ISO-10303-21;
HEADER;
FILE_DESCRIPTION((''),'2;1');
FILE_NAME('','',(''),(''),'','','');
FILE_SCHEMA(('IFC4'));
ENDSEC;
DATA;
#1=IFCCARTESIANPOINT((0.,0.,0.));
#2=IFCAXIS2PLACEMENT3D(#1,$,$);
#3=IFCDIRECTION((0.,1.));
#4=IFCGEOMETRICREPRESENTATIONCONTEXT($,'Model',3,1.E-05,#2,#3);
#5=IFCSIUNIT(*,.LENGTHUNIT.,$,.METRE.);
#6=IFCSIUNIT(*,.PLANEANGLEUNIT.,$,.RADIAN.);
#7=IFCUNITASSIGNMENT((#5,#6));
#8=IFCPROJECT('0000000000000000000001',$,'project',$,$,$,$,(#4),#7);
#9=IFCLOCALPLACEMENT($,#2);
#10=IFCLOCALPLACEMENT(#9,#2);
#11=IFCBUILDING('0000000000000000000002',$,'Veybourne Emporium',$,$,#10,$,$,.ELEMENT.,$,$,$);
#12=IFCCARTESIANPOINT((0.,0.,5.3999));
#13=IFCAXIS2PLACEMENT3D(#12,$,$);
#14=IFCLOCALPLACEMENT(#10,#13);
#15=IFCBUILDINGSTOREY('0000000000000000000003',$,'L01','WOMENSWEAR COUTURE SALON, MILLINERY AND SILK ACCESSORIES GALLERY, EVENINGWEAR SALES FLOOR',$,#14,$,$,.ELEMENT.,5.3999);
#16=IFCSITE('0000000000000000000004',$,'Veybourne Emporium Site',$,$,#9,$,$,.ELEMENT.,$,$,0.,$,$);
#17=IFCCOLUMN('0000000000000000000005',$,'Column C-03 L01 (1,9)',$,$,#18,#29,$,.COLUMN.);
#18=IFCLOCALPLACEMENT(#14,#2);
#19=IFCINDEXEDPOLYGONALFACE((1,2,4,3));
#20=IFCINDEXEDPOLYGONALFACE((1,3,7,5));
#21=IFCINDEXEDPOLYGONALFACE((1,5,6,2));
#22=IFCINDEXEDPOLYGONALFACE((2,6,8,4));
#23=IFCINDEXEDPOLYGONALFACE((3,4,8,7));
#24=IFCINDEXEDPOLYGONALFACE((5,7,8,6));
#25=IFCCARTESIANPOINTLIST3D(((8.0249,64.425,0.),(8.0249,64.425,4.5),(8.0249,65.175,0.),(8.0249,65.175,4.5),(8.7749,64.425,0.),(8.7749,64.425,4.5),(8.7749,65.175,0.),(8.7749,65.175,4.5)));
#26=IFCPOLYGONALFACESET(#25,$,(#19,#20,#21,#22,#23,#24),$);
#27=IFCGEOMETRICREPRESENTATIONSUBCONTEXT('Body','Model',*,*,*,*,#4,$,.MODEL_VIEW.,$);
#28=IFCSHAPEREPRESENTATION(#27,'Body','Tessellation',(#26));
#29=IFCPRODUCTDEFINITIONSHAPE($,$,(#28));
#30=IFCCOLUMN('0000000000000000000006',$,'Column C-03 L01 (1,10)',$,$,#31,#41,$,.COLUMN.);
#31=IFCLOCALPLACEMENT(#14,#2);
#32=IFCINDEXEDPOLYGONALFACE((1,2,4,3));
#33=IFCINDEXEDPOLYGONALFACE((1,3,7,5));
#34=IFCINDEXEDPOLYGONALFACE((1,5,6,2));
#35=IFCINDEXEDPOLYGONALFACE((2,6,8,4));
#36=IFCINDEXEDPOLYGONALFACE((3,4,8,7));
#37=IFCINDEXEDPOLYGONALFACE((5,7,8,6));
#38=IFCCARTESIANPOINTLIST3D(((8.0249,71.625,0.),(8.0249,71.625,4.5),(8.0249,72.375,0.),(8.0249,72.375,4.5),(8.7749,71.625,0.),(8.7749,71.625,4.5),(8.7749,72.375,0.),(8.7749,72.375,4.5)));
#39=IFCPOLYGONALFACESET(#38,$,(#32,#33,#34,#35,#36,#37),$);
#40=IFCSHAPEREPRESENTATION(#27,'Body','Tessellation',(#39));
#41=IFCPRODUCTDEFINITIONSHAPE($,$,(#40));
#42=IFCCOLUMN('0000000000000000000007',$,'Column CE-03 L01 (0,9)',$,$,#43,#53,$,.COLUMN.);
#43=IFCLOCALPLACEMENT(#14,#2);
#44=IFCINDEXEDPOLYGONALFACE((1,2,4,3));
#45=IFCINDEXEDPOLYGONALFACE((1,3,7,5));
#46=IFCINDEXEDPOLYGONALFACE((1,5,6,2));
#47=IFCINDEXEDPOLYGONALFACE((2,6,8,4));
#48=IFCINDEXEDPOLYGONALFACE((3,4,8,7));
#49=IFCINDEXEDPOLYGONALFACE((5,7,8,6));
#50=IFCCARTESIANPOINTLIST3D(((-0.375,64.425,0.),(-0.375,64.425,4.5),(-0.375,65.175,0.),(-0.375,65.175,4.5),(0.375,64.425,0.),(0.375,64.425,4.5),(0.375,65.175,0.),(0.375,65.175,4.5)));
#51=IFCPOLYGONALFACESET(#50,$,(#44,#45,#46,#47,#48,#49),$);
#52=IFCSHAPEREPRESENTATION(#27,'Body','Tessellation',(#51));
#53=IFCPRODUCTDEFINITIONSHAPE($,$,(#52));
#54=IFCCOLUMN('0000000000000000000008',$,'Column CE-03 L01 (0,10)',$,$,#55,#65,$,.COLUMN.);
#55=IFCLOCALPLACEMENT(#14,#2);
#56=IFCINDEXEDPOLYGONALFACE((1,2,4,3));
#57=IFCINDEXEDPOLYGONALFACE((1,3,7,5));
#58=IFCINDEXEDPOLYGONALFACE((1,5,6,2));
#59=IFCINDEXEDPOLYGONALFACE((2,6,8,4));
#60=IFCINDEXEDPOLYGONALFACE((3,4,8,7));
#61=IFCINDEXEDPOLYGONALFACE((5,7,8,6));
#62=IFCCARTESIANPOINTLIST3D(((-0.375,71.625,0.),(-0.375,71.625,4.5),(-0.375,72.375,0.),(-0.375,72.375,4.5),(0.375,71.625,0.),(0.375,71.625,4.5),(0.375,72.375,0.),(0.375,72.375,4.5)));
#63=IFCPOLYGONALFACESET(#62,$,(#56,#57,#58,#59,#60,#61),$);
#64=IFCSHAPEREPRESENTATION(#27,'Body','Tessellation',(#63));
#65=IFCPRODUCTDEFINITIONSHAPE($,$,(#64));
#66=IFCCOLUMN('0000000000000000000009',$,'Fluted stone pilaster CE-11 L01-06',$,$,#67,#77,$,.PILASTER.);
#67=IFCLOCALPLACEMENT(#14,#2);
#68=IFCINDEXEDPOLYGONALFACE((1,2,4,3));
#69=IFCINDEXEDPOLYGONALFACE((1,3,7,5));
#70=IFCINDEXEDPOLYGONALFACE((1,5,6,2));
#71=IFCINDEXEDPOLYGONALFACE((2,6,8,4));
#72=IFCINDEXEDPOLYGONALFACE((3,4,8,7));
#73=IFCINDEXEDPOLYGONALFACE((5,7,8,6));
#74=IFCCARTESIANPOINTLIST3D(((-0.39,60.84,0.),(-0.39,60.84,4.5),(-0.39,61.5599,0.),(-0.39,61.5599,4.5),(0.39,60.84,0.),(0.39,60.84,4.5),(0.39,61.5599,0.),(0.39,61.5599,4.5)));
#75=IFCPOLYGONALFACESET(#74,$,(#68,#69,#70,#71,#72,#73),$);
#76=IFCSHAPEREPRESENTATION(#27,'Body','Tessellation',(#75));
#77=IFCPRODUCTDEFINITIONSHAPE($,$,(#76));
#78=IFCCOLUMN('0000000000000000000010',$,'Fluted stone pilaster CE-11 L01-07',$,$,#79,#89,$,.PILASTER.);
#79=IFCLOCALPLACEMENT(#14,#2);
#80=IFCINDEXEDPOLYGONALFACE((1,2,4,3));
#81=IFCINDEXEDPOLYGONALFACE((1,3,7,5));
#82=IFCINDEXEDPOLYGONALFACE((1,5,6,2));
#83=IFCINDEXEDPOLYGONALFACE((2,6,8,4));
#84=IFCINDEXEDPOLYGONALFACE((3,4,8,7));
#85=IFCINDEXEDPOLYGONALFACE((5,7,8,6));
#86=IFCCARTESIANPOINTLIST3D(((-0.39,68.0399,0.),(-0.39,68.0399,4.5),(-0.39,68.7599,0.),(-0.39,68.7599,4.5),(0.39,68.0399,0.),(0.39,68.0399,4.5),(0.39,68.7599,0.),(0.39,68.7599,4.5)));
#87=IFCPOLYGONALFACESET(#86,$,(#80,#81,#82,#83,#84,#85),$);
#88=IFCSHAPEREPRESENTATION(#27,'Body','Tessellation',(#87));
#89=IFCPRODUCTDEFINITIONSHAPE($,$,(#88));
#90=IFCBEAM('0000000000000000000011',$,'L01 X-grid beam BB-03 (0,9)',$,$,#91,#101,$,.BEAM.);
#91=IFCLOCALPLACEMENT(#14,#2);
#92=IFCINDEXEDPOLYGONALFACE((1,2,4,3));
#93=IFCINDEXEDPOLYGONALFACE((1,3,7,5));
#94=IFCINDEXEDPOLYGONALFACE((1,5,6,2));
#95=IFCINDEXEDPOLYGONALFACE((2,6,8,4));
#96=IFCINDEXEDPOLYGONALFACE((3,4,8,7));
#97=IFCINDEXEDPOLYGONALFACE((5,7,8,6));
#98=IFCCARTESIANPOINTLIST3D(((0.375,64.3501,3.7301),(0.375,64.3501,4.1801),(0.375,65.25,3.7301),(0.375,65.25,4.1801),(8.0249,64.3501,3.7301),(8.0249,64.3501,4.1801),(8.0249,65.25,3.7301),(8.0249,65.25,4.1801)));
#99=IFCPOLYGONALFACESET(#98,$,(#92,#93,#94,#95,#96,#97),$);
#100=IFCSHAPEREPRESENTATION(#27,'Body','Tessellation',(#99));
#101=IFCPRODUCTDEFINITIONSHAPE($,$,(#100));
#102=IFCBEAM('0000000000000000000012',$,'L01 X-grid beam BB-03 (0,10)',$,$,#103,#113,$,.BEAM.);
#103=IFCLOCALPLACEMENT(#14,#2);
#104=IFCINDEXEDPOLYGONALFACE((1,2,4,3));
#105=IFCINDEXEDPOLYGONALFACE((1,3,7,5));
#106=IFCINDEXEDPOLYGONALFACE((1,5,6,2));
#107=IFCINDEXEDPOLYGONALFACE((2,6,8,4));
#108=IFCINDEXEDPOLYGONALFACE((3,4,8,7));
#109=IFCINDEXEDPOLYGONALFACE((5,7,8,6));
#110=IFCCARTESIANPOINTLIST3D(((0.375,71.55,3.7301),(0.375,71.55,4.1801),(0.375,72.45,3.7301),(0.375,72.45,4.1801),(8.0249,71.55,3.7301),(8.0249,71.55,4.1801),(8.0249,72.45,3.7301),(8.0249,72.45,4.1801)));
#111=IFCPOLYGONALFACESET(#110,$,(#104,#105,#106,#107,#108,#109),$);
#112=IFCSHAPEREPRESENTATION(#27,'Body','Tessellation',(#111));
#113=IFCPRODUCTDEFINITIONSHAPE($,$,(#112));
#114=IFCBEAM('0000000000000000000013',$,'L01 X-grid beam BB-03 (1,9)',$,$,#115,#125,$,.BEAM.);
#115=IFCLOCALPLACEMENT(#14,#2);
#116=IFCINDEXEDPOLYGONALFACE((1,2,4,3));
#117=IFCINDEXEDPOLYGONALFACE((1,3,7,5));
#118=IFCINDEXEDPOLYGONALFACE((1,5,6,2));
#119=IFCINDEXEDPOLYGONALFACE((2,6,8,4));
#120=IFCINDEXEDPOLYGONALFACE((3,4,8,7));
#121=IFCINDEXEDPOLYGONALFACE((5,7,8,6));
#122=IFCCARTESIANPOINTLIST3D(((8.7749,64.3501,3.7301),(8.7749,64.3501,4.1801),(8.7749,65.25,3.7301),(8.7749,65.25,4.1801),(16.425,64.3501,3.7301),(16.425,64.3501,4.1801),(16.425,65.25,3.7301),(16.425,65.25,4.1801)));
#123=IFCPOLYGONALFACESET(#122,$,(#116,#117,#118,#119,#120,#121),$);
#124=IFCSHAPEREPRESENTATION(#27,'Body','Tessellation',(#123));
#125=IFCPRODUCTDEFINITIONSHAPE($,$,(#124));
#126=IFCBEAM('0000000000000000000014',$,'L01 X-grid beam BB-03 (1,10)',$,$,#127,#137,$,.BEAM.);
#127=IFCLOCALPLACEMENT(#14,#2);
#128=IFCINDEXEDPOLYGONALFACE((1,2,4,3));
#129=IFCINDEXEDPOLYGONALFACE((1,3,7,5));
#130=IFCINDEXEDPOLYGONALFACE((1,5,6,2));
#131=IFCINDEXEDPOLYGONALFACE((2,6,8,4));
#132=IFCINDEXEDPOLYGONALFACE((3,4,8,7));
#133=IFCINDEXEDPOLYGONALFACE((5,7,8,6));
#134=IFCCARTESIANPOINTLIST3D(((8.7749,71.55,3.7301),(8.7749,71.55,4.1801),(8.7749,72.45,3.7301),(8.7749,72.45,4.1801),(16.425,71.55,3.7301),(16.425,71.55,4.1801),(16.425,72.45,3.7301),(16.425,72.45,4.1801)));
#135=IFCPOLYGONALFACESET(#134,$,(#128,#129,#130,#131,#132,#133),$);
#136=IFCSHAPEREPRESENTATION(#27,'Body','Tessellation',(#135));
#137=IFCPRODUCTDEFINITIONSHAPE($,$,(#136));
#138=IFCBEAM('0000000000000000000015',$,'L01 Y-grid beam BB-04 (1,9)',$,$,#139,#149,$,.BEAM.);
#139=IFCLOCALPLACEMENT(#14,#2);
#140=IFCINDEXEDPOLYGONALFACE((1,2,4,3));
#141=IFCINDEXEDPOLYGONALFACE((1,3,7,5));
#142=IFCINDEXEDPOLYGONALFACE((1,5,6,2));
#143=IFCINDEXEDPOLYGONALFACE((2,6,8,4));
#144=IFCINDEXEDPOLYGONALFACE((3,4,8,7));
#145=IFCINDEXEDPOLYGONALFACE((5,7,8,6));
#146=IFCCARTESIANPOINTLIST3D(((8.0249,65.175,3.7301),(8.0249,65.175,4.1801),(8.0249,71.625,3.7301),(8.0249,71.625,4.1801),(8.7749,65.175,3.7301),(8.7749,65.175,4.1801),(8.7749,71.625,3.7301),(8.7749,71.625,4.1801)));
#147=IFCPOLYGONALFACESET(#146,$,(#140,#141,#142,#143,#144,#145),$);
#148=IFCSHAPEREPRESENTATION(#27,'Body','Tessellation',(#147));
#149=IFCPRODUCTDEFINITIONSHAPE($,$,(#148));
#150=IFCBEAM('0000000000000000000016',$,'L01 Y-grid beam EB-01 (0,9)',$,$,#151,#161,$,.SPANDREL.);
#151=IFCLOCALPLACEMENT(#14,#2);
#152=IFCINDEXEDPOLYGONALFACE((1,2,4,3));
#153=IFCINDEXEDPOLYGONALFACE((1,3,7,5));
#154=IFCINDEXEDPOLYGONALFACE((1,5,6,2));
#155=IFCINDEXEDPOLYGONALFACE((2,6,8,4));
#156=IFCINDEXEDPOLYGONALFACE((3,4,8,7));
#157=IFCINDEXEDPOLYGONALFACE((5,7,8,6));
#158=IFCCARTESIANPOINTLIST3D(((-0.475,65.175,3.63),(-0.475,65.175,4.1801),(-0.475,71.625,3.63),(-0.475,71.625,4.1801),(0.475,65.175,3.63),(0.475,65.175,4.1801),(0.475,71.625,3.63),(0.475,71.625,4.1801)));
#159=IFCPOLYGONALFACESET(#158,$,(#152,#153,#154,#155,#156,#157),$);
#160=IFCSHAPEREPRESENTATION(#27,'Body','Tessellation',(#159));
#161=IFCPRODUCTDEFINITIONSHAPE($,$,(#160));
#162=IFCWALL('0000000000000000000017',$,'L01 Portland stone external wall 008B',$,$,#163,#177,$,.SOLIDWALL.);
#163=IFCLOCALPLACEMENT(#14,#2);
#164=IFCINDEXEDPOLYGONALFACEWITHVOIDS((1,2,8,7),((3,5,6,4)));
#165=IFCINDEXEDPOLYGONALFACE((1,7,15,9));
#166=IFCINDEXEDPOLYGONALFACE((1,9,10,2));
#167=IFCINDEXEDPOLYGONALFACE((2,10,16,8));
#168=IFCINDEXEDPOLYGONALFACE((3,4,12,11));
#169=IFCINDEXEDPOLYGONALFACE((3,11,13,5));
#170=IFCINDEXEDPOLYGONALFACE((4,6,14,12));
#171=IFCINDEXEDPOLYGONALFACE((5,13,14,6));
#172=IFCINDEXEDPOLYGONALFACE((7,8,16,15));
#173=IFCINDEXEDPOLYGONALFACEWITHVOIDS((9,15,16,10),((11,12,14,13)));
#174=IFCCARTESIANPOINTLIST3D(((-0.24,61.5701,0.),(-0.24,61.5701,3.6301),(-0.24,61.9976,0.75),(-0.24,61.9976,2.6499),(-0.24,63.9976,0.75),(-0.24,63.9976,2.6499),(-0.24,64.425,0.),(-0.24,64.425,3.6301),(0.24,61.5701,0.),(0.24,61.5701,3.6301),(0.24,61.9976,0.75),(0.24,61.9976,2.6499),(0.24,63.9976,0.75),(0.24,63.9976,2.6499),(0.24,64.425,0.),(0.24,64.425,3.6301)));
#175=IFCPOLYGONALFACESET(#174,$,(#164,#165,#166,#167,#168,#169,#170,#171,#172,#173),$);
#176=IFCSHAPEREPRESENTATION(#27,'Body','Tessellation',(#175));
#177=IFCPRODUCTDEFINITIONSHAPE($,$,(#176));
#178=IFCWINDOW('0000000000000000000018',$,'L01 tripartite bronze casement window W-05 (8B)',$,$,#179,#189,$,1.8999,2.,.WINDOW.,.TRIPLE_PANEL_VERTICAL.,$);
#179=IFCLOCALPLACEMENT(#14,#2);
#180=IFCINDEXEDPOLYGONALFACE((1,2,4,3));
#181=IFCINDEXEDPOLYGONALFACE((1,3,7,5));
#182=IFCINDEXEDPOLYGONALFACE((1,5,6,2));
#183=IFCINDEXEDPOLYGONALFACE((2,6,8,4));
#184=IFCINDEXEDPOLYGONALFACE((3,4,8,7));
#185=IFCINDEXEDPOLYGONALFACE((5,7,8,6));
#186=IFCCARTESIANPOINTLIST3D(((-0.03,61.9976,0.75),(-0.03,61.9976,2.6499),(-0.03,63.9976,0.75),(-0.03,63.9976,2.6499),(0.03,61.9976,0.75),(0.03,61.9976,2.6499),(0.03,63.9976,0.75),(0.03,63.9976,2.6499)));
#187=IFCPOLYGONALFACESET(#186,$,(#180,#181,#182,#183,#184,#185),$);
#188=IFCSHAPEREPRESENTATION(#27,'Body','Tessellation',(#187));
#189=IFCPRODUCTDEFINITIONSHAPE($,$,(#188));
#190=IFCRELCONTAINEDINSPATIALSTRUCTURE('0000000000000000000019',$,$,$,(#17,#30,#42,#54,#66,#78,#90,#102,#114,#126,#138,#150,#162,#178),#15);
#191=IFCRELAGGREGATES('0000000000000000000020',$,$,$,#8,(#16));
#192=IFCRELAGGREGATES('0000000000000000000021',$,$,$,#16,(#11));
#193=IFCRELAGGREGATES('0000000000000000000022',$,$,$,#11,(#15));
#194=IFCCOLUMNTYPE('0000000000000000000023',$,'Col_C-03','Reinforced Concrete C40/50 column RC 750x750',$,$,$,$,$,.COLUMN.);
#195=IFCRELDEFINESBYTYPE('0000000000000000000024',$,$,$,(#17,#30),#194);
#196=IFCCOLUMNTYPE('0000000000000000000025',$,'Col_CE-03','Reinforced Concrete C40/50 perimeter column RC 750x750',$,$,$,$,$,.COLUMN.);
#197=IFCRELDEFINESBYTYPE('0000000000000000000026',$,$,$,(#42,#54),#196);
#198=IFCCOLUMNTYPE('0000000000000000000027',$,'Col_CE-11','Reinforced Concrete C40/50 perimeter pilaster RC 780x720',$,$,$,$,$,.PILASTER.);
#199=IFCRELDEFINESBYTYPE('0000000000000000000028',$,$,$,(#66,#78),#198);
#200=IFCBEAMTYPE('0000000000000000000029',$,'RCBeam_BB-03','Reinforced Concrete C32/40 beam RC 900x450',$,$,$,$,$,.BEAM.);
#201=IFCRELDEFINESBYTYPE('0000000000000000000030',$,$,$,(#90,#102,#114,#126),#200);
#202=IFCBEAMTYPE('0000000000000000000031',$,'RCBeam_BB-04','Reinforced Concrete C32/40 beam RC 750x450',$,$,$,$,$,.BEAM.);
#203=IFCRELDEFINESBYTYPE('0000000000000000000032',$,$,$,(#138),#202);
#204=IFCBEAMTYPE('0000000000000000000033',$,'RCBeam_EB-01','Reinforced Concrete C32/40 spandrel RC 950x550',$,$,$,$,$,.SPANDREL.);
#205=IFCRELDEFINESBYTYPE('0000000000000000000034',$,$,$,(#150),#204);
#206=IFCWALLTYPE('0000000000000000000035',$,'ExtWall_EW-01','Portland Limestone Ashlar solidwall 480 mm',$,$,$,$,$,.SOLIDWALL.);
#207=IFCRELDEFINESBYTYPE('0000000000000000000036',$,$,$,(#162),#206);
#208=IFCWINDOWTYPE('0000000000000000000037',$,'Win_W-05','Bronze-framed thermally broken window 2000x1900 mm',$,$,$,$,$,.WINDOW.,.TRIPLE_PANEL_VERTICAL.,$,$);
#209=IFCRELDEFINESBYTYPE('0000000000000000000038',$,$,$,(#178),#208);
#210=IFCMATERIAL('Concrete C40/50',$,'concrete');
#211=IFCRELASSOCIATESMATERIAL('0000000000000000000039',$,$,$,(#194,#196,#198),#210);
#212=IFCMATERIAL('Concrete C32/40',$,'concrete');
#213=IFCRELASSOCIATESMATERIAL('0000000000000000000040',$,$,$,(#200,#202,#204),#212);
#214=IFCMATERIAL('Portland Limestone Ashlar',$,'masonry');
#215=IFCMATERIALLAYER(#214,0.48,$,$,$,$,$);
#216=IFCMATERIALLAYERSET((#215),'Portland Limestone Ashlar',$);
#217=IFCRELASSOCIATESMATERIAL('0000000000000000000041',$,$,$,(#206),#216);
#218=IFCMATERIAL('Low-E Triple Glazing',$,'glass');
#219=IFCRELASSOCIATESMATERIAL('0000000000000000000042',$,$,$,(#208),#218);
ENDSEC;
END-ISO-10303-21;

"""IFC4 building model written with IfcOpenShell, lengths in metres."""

from ifc_helpers import new_model, si_unit, direction, frame, frame_2d, origin, origin_2d, place, context, subcontext, project, spatial, rectangle, extrude, material, layer, layer_set, material_profile, profile_set, type_object, element, fill, save


model = new_model("IFC4")

# Units and contexts
model_context = context("Model", 3, precision=1e-05, world=origin(), true_north=direction((0.0, 1.0)))
body_context = subcontext(model_context, "Body", "Model", "MODEL_VIEW")
ifc_project = project(units=[si_unit("LENGTHUNIT", "METRE"), si_unit("PLANEANGLEUNIT", "RADIAN")], contexts=[model_context])

# Site, building, storey
site_placement = place(None, origin())
site = spatial("IfcSite", under=ifc_project, at=site_placement, Name="Veybourne Emporium Site", CompositionType="ELEMENT", RefElevation=0.0)
building_placement = place(site_placement, origin())
building = spatial("IfcBuilding", under=site, at=building_placement, Name="Veybourne Emporium", CompositionType="ELEMENT")
storey_placement = place(building_placement, frame((0.0, 0.0, 5.3999)))
storey = spatial("IfcBuildingStorey", under=building, at=storey_placement, Name="L01", Description="WOMENSWEAR COUTURE SALON, MILLINERY AND SILK ACCESSORIES GALLERY, EVENINGWEAR SALES FLOOR", CompositionType="ELEMENT", Elevation=5.3999)

# Columns
ifc_material_1 = material(Name="Concrete C40/50", Category="concrete")
ifc_material_profile_1 = material_profile(ifc_material_1, rectangle(XDim=0.75, YDim=0.75, at=origin_2d()), Name="RC 750x750")
ifc_profile_set_1 = profile_set([ifc_material_profile_1], Name="Concrete C40/50")
column_type_1 = type_object("IfcColumnType", Name="Col_C-03", Description="Reinforced Concrete C40/50 column RC 750x750", PredefinedType="COLUMN", material=ifc_profile_set_1)
for number, where, z_axis, x_axis, name in (
    (1, (8.3999, 64.8, 0.0), (0.0, 0.0, 1.0), (1.0, 0.0, 0.0), "Column C-03 L01 (1,9)"),
    (2, (8.3999, 72.0, 0.0), (0.0, 0.0, 1.0), (1.0, 0.0, 0.0), "Column C-03 L01 (1,10)"),
):
    element("IfcColumn", number, at=place(storey_placement, frame(where, z_axis=z_axis, x_axis=x_axis)), inside=storey, type_object=column_type_1, Name=name, PredefinedType="COLUMN", context=body_context, shape_type="SweptSolid", body=[
        extrude(rectangle(XDim=0.75, YDim=0.75, at=origin_2d()), origin(), (0.0, 0.0, 1.0), 4.5),
    ])
ifc_material_profile_2 = material_profile(ifc_material_1, rectangle(XDim=0.75, YDim=0.75, at=origin_2d()), Name="RC 750x750")
ifc_profile_set_2 = profile_set([ifc_material_profile_2], Name="Concrete C40/50")
column_type_2 = type_object("IfcColumnType", Name="Col_CE-03", Description="Reinforced Concrete C40/50 perimeter column RC 750x750", PredefinedType="COLUMN", material=ifc_profile_set_2)
for number, where, z_axis, x_axis, name in (
    (3, (0.0, 64.8, 0.0), (0.0, 0.0, 1.0), (1.0, 0.0, 0.0), "Column CE-03 L01 (0,9)"),
    (4, (0.0, 72.0, 0.0), (0.0, 0.0, 1.0), (1.0, 0.0, 0.0), "Column CE-03 L01 (0,10)"),
):
    element("IfcColumn", number, at=place(storey_placement, frame(where, z_axis=z_axis, x_axis=x_axis)), inside=storey, type_object=column_type_2, Name=name, PredefinedType="COLUMN", context=body_context, shape_type="SweptSolid", body=[
        extrude(rectangle(XDim=0.75, YDim=0.75, at=origin_2d()), origin(), (0.0, 0.0, 1.0), 4.5),
    ])
ifc_material_profile_3 = material_profile(ifc_material_1, rectangle(XDim=0.78, YDim=0.72, at=origin_2d()), Name="RC 780x720")
ifc_profile_set_3 = profile_set([ifc_material_profile_3], Name="Concrete C40/50")
column_type_3 = type_object("IfcColumnType", Name="Col_CE-11", Description="Reinforced Concrete C40/50 perimeter pilaster RC 780x720", PredefinedType="PILASTER", material=ifc_profile_set_3)
for number, where, z_axis, x_axis, name in (
    (5, (0.0, 61.2, 0.0), (0.0, 0.0, 1.0), (1.0, 0.0, 0.0), "Fluted stone pilaster CE-11 L01-06"),
    (6, (0.0, 68.3999, 0.0), (0.0, 0.0, 1.0), (1.0, 0.0, 0.0), "Fluted stone pilaster CE-11 L01-07"),
):
    element("IfcColumn", number, at=place(storey_placement, frame(where, z_axis=z_axis, x_axis=x_axis)), inside=storey, type_object=column_type_3, Name=name, PredefinedType="PILASTER", context=body_context, shape_type="SweptSolid", body=[
        extrude(rectangle(XDim=0.78, YDim=0.72, at=origin_2d()), origin(), (0.0, 0.0, 1.0), 4.5),
    ])

# Beams
ifc_material_2 = material(Name="Concrete C32/40", Category="concrete")
ifc_material_profile_4 = material_profile(ifc_material_2, rectangle(XDim=0.8999, YDim=0.45, at=origin_2d()), Name="RC 900x450")
ifc_profile_set_4 = profile_set([ifc_material_profile_4], Name="Concrete C32/40")
beam_type_1 = type_object("IfcBeamType", Name="RCBeam_BB-03", Description="Reinforced Concrete C32/40 beam RC 900x450", PredefinedType="BEAM", material=ifc_profile_set_4)
for number, where, z_axis, x_axis, name in (
    (7, (0.375, 64.8, 3.9551), (1.0, 0.0, 0.0), (0.0, 1.0, 0.0), "L01 X-grid beam BB-03 (0,9)"),
    (8, (0.375, 72.0, 3.9551), (1.0, 0.0, 0.0), (0.0, 1.0, 0.0), "L01 X-grid beam BB-03 (0,10)"),
):
    element("IfcBeam", number, at=place(storey_placement, frame(where, z_axis=z_axis, x_axis=x_axis)), inside=storey, type_object=beam_type_1, Name=name, PredefinedType="BEAM", context=body_context, shape_type="SweptSolid", body=[
        extrude(rectangle(XDim=0.8999, YDim=0.45, at=origin_2d()), origin(), (0.0, 0.0, 1.0), 7.6499),
    ])
for number, where, z_axis, x_axis, name in (
    (9, (8.7749, 64.8, 3.9551), (1.0, 0.0, 0.0), (0.0, 1.0, 0.0), "L01 X-grid beam BB-03 (1,9)"),
    (10, (8.7749, 72.0, 3.9551), (1.0, 0.0, 0.0), (0.0, 1.0, 0.0), "L01 X-grid beam BB-03 (1,10)"),
):
    element("IfcBeam", number, at=place(storey_placement, frame(where, z_axis=z_axis, x_axis=x_axis)), inside=storey, type_object=beam_type_1, Name=name, PredefinedType="BEAM", context=body_context, shape_type="SweptSolid", body=[
        extrude(rectangle(XDim=0.8999, YDim=0.45, at=origin_2d()), origin(), (0.0, 0.0, 1.0), 7.6501),
    ])
ifc_material_profile_5 = material_profile(ifc_material_2, rectangle(XDim=0.75, YDim=0.45, at=origin_2d()), Name="RC 750x450")
ifc_profile_set_5 = profile_set([ifc_material_profile_5], Name="Concrete C32/40")
beam_type_2 = type_object("IfcBeamType", Name="RCBeam_BB-04", Description="Reinforced Concrete C32/40 beam RC 750x450", PredefinedType="BEAM", material=ifc_profile_set_5)
beam_1_placement = place(storey_placement, frame((8.3999, 65.175, 3.9551), z_axis=(0.0, 1.0, 0.0), x_axis=(-1.0, 0.0, 0.0)))
element("IfcBeam", 11, at=beam_1_placement, inside=storey, type_object=beam_type_2, Name="L01 Y-grid beam BB-04 (1,9)", PredefinedType="BEAM", context=body_context, shape_type="SweptSolid", body=[
    extrude(rectangle(XDim=0.75, YDim=0.45, at=origin_2d()), origin(), (0.0, 0.0, 1.0), 6.45),
])
ifc_material_profile_6 = material_profile(ifc_material_2, rectangle(XDim=0.95, YDim=0.55, at=origin_2d()), Name="RC 950x550")
ifc_profile_set_6 = profile_set([ifc_material_profile_6], Name="Concrete C32/40")
beam_type_3 = type_object("IfcBeamType", Name="RCBeam_EB-01", Description="Reinforced Concrete C32/40 spandrel RC 950x550", PredefinedType="SPANDREL", material=ifc_profile_set_6)
beam_2_placement = place(storey_placement, frame((0.0, 65.175, 3.905), z_axis=(0.0, 1.0, 0.0), x_axis=(-1.0, 0.0, 0.0)))
element("IfcBeam", 12, at=beam_2_placement, inside=storey, type_object=beam_type_3, Name="L01 Y-grid beam EB-01 (0,9)", PredefinedType="SPANDREL", context=body_context, shape_type="SweptSolid", body=[
    extrude(rectangle(XDim=0.95, YDim=0.55, at=origin_2d()), origin(), (0.0, 0.0, 1.0), 6.45),
])

# Wall, opening, window
ifc_material_3 = material(Name="Portland Limestone Ashlar", Category="masonry")
ifc_layer_1 = layer(ifc_material_3, 0.48)
ifc_layer_set_1 = layer_set([ifc_layer_1], Name="Portland Limestone Ashlar")
wall_type_1 = type_object("IfcWallType", Name="ExtWall_EW-01", Description="Portland Limestone Ashlar solidwall 480 mm", PredefinedType="SOLIDWALL", material=ifc_layer_set_1)
wall_1_placement = place(storey_placement, frame((0.0, 61.5701, 0.0), z_axis=(0.0, 0.0, 1.0), x_axis=(0.0, 1.0, 0.0)))
wall_1 = element("IfcWall", 13, at=wall_1_placement, inside=storey, type_object=wall_type_1, Name="L01 Portland stone external wall 008B", PredefinedType="SOLIDWALL", context=body_context, shape_type="SweptSolid", body=[
    extrude(rectangle(XDim=2.855, YDim=0.48, at=frame_2d((1.4275, 0.0))), origin(), (0.0, 0.0, 1.0), 3.6301),
])
opening_1_placement = place(wall_1_placement, frame((0.4275, 0.0, 0.75)))
opening_1 = element("IfcOpeningElement", 14, at=opening_1_placement, cuts=wall_1, PredefinedType="OPENING", context=body_context, shape_type="SweptSolid", body=[
    extrude(rectangle(XDim=2.0, YDim=1.8999, at=frame_2d((1.0, 0.95))), frame((0.0, 0.26, 0.0), z_axis=(0.0, -1.0, 0.0), x_axis=(1.0, 0.0, 0.0)), (0.0, 0.0, 1.0), 0.52),
])
ifc_material_4 = material(Name="Low-E Triple Glazing", Category="glass")
window_type_1 = type_object("IfcWindowType", Name="Win_W-05", Description="Bronze-framed thermally broken window 2000x1900 mm", PartitioningType="TRIPLE_PANEL_VERTICAL", PredefinedType="WINDOW", material=ifc_material_4)
window_1_placement = place(opening_1_placement, origin())
window_1 = element("IfcWindow", 15, at=window_1_placement, inside=storey, type_object=window_type_1, Name="L01 tripartite bronze casement window W-05 (8B)", OverallHeight=1.8999, OverallWidth=2.0, PartitioningType="TRIPLE_PANEL_VERTICAL", PredefinedType="WINDOW", context=body_context, shape_type="SweptSolid", body=[
    extrude(rectangle(XDim=2.0, YDim=1.8999, at=frame_2d((1.0, 0.95))), frame((0.0, 0.03, 0.0), z_axis=(0.0, -1.0, 0.0), x_axis=(1.0, 0.0, 0.0)), (0.0, 0.0, 1.0), 0.0601),
])
fill(opening_1, window_1)

save(model, "model.ifc")
